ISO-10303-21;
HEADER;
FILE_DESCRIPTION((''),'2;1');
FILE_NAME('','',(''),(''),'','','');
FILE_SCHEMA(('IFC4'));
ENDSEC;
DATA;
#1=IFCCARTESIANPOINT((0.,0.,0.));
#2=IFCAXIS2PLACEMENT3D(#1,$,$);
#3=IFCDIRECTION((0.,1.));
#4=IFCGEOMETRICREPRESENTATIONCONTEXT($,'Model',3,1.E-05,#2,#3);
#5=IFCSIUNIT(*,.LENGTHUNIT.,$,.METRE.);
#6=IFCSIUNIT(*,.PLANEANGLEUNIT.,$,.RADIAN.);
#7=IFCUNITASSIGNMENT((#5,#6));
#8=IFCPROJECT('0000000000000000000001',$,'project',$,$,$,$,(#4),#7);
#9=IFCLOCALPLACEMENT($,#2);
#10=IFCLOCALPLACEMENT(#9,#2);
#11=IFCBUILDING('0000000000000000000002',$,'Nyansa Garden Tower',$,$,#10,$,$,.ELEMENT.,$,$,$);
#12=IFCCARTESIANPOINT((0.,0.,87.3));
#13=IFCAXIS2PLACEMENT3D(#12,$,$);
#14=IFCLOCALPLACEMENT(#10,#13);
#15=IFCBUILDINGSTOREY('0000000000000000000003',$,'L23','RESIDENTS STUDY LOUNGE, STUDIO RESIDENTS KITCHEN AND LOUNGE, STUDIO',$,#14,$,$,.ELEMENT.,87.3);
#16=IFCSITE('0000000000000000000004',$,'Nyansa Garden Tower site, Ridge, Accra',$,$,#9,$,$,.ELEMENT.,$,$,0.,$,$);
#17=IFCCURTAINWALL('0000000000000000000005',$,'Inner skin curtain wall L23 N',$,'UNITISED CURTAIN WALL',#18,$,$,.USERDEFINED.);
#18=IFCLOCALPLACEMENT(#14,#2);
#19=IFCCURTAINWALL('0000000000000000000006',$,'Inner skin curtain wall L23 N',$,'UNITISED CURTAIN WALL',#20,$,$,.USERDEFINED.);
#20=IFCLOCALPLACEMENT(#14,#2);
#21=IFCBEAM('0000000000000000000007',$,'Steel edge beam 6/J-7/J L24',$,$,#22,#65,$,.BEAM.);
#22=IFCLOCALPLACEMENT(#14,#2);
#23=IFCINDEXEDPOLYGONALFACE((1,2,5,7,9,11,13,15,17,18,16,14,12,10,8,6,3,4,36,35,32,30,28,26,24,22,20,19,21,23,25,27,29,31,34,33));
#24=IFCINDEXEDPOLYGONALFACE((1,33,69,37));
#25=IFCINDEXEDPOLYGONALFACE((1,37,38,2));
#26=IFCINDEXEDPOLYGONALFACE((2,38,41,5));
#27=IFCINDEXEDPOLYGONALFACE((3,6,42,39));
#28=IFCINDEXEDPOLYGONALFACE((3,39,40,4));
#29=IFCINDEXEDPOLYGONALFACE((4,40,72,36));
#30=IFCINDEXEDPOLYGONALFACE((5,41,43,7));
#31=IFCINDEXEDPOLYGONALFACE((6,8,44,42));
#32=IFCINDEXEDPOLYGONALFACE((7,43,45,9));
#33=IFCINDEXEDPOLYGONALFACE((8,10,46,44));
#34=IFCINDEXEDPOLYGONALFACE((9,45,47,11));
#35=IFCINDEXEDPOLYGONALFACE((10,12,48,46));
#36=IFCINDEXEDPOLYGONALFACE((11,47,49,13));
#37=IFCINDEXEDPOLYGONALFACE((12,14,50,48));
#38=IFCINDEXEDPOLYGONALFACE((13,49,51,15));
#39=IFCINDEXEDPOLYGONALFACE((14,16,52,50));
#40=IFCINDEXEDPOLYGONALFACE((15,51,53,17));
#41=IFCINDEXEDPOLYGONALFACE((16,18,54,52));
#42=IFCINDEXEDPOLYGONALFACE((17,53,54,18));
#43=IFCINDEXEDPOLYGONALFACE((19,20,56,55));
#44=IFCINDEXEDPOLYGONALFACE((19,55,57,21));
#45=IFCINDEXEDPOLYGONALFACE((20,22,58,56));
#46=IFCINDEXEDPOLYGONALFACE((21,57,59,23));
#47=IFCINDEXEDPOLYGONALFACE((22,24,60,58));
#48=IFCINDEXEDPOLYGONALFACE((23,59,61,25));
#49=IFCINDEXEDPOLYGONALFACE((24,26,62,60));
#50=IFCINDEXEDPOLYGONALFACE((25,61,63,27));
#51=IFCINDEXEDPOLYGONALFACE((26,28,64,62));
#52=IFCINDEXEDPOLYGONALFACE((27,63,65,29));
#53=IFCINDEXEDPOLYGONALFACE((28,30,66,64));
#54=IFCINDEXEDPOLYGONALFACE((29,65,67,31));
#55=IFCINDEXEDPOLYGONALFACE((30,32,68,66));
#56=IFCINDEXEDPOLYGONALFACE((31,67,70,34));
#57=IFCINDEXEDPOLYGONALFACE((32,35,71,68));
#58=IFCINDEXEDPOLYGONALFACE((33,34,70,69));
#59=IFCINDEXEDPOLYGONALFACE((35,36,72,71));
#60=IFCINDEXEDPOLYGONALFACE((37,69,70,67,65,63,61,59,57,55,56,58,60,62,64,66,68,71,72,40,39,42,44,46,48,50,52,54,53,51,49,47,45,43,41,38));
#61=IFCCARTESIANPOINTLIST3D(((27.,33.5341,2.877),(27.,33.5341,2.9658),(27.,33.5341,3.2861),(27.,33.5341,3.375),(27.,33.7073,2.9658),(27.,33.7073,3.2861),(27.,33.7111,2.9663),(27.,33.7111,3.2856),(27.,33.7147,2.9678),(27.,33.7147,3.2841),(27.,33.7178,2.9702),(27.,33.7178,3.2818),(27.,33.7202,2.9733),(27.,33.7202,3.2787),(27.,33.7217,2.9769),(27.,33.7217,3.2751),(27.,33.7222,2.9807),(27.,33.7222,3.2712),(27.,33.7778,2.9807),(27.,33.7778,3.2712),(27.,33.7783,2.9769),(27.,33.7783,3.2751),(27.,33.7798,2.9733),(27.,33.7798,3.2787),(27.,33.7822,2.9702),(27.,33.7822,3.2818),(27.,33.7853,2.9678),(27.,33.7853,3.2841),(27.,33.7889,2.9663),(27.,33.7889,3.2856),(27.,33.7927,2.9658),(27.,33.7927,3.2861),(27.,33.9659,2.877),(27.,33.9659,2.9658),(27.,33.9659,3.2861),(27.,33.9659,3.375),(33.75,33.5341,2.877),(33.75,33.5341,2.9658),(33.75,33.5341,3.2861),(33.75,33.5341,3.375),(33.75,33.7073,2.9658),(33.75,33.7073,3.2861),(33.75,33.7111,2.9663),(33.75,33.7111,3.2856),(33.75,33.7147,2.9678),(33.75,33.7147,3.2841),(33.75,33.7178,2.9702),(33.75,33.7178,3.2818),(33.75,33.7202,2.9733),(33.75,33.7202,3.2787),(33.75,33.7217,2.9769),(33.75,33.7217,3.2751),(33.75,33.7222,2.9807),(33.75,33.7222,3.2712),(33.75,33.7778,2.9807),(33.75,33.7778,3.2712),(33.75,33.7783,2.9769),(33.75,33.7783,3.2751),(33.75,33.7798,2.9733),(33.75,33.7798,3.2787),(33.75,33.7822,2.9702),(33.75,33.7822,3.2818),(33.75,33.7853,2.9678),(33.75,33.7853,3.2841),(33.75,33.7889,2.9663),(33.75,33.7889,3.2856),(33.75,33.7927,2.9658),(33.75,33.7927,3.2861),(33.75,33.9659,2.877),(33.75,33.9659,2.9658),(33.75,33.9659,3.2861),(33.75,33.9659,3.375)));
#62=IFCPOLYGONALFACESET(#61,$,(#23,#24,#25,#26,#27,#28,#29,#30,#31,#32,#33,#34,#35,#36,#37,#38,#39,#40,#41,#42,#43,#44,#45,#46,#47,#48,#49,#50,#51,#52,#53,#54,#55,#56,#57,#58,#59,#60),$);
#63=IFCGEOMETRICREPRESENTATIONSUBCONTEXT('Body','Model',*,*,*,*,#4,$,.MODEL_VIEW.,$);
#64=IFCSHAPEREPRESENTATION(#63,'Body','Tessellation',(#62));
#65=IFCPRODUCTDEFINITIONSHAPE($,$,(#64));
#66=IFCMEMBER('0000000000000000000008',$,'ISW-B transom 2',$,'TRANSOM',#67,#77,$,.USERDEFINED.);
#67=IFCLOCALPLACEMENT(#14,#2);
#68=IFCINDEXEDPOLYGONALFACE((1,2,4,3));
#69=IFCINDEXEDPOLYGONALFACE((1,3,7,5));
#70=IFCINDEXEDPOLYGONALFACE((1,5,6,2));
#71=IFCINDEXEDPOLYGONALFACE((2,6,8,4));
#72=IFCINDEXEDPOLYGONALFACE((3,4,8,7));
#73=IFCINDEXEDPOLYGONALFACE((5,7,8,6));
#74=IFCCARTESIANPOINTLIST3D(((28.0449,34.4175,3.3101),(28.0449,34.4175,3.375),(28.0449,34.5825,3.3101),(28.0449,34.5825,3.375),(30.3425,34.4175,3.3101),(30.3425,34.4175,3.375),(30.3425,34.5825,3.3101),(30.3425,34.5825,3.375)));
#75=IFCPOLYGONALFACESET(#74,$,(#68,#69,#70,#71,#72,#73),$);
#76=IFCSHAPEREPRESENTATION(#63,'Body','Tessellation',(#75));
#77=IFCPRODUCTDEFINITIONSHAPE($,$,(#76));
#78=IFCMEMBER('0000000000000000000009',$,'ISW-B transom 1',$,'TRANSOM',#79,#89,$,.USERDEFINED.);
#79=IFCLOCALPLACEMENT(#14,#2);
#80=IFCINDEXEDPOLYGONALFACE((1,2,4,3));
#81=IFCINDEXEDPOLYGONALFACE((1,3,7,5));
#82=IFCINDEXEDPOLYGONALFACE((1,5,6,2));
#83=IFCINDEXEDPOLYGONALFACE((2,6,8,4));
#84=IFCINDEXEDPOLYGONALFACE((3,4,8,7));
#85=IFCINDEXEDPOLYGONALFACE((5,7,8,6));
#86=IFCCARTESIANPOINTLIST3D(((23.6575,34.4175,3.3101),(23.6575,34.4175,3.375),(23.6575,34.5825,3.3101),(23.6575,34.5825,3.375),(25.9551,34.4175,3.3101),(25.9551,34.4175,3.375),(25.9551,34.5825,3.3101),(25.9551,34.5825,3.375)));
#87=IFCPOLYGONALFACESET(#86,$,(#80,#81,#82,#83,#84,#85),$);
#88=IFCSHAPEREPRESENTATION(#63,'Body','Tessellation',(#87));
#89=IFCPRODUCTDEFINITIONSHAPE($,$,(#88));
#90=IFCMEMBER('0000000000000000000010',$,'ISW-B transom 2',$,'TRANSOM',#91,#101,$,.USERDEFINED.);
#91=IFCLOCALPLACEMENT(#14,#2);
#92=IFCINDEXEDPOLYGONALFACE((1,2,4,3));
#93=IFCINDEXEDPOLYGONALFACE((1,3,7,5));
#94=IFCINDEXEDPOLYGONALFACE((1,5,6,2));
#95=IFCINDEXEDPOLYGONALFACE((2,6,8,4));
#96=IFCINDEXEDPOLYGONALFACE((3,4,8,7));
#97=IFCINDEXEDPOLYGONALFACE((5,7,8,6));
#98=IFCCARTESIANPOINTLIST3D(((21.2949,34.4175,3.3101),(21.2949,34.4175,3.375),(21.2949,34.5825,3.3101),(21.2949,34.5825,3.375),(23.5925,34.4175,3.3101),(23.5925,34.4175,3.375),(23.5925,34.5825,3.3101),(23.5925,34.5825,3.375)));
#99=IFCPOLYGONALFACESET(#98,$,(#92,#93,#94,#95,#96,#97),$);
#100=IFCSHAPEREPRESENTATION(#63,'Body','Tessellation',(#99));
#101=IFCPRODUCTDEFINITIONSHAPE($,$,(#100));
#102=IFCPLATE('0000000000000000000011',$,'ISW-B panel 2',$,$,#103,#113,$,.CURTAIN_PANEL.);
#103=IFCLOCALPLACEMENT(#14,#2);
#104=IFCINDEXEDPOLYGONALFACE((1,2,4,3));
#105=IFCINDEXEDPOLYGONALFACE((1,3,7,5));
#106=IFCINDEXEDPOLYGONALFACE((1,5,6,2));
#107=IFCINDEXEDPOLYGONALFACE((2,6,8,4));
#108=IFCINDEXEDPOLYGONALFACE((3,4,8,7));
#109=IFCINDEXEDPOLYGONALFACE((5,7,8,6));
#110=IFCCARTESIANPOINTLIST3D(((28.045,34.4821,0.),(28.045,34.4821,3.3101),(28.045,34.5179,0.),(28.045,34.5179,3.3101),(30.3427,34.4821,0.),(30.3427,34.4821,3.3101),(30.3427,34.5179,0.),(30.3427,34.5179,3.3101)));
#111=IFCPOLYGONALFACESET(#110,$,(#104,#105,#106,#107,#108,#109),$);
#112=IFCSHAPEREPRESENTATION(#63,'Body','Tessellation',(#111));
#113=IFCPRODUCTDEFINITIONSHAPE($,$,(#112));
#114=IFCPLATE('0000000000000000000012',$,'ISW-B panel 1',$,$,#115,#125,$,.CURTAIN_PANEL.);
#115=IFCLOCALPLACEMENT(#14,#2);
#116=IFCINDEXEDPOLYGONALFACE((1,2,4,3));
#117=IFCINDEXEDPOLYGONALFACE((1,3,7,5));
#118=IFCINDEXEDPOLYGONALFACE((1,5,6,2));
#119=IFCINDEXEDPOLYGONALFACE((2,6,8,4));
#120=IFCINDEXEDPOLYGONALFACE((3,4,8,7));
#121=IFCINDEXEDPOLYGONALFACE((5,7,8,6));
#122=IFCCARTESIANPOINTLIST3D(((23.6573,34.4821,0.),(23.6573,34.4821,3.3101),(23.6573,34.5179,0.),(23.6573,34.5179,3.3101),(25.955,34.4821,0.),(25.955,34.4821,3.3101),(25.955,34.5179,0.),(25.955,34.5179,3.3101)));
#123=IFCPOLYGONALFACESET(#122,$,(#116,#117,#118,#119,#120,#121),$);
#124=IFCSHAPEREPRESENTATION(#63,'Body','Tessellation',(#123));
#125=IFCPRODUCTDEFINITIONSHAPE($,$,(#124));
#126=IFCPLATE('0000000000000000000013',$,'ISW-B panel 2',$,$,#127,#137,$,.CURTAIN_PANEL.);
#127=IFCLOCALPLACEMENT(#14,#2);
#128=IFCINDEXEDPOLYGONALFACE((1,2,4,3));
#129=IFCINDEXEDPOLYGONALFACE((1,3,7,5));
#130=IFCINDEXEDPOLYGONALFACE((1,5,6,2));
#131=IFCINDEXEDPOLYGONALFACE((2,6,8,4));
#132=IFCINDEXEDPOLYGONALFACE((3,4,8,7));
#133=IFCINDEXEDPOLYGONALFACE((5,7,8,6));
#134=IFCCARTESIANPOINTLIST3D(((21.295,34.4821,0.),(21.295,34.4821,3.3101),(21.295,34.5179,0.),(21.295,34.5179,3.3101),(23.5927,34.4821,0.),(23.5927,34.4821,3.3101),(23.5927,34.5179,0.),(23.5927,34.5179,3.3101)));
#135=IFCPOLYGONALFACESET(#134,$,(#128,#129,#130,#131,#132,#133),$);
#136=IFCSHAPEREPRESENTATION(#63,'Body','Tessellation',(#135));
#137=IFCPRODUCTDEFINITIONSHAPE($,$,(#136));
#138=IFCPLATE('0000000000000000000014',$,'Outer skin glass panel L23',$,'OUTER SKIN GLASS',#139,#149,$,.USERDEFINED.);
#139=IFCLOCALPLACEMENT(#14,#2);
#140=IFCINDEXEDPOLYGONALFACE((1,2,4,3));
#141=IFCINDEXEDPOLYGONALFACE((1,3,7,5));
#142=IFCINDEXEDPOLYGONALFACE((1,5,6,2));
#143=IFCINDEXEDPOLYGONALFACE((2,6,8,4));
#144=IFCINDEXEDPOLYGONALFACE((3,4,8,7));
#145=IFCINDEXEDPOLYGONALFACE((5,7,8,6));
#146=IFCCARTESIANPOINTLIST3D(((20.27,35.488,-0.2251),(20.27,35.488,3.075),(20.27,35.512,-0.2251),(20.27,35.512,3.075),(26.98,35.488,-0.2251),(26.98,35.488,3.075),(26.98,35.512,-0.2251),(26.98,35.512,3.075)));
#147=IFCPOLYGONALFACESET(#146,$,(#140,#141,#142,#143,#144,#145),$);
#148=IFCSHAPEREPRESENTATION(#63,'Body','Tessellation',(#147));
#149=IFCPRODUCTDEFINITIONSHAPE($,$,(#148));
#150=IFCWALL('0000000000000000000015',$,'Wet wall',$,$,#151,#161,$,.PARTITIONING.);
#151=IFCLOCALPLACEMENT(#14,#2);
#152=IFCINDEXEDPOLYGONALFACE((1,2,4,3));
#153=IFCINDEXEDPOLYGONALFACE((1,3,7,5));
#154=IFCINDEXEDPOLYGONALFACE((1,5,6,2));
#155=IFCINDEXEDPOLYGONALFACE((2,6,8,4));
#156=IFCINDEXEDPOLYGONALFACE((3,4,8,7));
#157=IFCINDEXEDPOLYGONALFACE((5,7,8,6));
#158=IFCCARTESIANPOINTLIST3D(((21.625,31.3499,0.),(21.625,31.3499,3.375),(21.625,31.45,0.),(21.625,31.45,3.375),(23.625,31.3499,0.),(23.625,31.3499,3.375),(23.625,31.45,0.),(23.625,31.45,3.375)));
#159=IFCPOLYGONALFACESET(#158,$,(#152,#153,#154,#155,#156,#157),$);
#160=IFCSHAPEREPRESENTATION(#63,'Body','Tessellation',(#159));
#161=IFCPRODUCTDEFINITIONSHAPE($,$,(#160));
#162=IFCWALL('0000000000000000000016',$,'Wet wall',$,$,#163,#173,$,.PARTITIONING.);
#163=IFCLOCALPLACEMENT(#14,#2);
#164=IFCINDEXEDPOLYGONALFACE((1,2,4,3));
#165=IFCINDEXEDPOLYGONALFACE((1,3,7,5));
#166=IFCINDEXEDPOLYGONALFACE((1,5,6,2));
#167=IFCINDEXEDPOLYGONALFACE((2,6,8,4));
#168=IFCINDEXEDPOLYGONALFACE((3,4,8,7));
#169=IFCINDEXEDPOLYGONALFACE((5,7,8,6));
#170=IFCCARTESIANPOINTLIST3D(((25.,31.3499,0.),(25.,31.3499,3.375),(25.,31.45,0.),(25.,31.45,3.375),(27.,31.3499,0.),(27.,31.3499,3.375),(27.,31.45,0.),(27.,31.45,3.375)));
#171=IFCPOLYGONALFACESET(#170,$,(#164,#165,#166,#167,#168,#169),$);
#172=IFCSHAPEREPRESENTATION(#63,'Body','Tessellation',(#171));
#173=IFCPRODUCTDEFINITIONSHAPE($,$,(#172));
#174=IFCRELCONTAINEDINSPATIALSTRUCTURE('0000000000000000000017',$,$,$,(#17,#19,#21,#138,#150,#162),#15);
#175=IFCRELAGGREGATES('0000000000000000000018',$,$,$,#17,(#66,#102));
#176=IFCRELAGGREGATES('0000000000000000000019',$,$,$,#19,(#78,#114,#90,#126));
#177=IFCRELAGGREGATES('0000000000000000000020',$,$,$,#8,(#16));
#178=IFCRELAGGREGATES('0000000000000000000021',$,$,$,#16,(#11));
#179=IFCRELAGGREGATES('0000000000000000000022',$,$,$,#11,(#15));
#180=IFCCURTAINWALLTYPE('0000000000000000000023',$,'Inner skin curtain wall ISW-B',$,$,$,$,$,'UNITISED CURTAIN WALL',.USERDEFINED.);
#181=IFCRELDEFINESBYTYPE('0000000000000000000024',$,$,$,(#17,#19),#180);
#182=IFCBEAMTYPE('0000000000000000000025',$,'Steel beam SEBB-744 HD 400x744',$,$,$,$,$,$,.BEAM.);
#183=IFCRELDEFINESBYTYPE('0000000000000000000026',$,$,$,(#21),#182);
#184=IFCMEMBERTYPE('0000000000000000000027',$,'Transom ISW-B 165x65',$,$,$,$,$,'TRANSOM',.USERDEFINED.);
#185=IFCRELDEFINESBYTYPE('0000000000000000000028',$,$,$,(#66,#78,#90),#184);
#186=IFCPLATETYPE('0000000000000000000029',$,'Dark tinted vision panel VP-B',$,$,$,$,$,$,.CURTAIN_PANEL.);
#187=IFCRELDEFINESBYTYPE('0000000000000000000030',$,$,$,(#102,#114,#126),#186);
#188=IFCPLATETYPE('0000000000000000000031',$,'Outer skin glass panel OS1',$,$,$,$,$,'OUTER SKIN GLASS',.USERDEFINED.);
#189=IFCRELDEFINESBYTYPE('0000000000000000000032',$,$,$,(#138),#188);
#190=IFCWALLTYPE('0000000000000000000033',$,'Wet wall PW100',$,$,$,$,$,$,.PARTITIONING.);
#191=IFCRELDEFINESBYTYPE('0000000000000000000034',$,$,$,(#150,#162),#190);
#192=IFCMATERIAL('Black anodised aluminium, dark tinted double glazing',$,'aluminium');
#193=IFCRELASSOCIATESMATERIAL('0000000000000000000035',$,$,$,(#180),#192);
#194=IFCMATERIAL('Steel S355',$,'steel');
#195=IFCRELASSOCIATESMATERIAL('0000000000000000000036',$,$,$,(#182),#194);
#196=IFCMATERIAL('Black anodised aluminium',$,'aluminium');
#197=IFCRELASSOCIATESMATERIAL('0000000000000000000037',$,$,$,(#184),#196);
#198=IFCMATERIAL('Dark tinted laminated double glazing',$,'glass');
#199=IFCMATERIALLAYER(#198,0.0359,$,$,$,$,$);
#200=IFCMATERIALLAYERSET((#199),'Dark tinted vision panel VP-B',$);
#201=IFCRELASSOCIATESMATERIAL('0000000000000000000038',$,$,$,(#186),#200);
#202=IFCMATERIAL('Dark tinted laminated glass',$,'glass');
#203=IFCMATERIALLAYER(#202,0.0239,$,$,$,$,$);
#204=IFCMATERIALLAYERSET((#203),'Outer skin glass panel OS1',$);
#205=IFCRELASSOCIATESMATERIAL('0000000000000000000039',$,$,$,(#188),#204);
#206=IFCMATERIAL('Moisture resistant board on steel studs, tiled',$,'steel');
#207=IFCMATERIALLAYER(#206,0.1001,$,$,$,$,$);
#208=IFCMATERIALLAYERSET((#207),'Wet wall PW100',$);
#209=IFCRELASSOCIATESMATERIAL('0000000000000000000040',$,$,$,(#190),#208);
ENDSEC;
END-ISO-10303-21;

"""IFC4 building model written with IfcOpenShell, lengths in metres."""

from ifc_helpers import new_model, si_unit, direction, frame, frame_2d, origin, origin_2d, place, context, subcontext, project, spatial, rectangle, i_section, extrude, material, layer, layer_set, material_profile, profile_set, type_object, element, aggregate, save


model = new_model("IFC4")

# Units and contexts
model_context = context("Model", 3, precision=1e-05, world=origin(), true_north=direction((0.0, 1.0)))
body_context = subcontext(model_context, "Body", "Model", "MODEL_VIEW")
ifc_project = project(units=[si_unit("LENGTHUNIT", "METRE"), si_unit("PLANEANGLEUNIT", "RADIAN")], contexts=[model_context])

# Site, building, storey
site_placement = place(None, origin())
site = spatial("IfcSite", under=ifc_project, at=site_placement, Name="Nyansa Garden Tower site, Ridge, Accra", CompositionType="ELEMENT", RefElevation=0.0)
building_placement = place(site_placement, origin())
building = spatial("IfcBuilding", under=site, at=building_placement, Name="Nyansa Garden Tower", CompositionType="ELEMENT")
storey_placement = place(building_placement, frame((0.0, 0.0, 87.3)))
storey = spatial("IfcBuildingStorey", under=building, at=storey_placement, Name="L23", Description="RESIDENTS STUDY LOUNGE, STUDIO RESIDENTS KITCHEN AND LOUNGE, STUDIO", CompositionType="ELEMENT", Elevation=87.3)

# Curtain wall
ifc_material_1 = material(Name="Black anodised aluminium, dark tinted double glazing", Category="aluminium")
curtain_wall_type = type_object("IfcCurtainWallType", Name="Inner skin curtain wall ISW-B", ElementType="UNITISED CURTAIN WALL", PredefinedType="USERDEFINED", material=ifc_material_1)
curtain_wall_1_placement = place(storey_placement, origin())
curtain_wall_1 = element("IfcCurtainWall", 1, at=curtain_wall_1_placement, inside=storey, type_object=curtain_wall_type, Name="Inner skin curtain wall L23 N", ObjectType="UNITISED CURTAIN WALL", PredefinedType="USERDEFINED")

# Curtain wall
curtain_wall_2_placement = place(storey_placement, origin())
curtain_wall_2 = element("IfcCurtainWall", 2, at=curtain_wall_2_placement, inside=storey, type_object=curtain_wall_type, Name="Inner skin curtain wall L23 N", ObjectType="UNITISED CURTAIN WALL", PredefinedType="USERDEFINED")

# Beam
ifc_material_2 = material(Name="Steel S355", Category="steel")
ifc_material_profile_1 = material_profile(ifc_material_2, i_section(OverallWidth=0.4319, OverallDepth=0.498, WebThickness=0.0557, FlangeThickness=0.0889, FilletRadius=0.0149, at=origin_2d()), Name="HD 400x744")
ifc_profile_set_1 = profile_set([ifc_material_profile_1], Name="Steel S355")
beam_type_1 = type_object("IfcBeamType", Name="Steel beam SEBB-744 HD 400x744", PredefinedType="BEAM", material=ifc_profile_set_1)
beam_1_placement = place(storey_placement, frame((27.0, 33.75, 3.126), z_axis=(1.0, 0.0, 0.0), x_axis=(0.0, 1.0, 0.0)))
element("IfcBeam", 3, at=beam_1_placement, inside=storey, type_object=beam_type_1, Name="Steel edge beam 6/J-7/J L24", PredefinedType="BEAM", context=body_context, shape_type="SweptSolid", body=[
    extrude(i_section(OverallWidth=0.4319, OverallDepth=0.498, WebThickness=0.0557, FlangeThickness=0.0889, FilletRadius=0.0149, at=origin_2d()), origin(), (0.0, 0.0, 1.0), 6.75),
])

# Members
ifc_material_3 = material(Name="Black anodised aluminium", Category="aluminium")
ifc_material_profile_2 = material_profile(ifc_material_3, rectangle(XDim=0.165, YDim=0.0649, at=origin_2d()), Name="Transom 165x65")
ifc_profile_set_2 = profile_set([ifc_material_profile_2], Name="Black anodised aluminium")
member_type_1 = type_object("IfcMemberType", Name="Transom ISW-B 165x65", ElementType="TRANSOM", PredefinedType="USERDEFINED", material=ifc_profile_set_2)
member_1_placement = place(storey_placement, frame((30.3425, 34.5, 3.3425), z_axis=(-1.0, 0.0, 0.0), x_axis=(0.0, -1.0, 0.0)))
member_1 = element("IfcMember", 4, at=member_1_placement, type_object=member_type_1, Name="ISW-B transom 2", ObjectType="TRANSOM", PredefinedType="USERDEFINED", context=body_context, shape_type="SweptSolid", body=[
    extrude(rectangle(XDim=0.165, YDim=0.0649, at=origin_2d()), origin(), (0.0, 0.0, 1.0), 2.2976),
])
member_2_placement = place(storey_placement, frame((25.9551, 34.5, 3.3425), z_axis=(-1.0, 0.0, 0.0), x_axis=(0.0, -1.0, 0.0)))
member_2 = element("IfcMember", 5, at=member_2_placement, type_object=member_type_1, Name="ISW-B transom 1", ObjectType="TRANSOM", PredefinedType="USERDEFINED", context=body_context, shape_type="SweptSolid", body=[
    extrude(rectangle(XDim=0.165, YDim=0.0649, at=origin_2d()), origin(), (0.0, 0.0, 1.0), 2.2976),
])
member_3_placement = place(storey_placement, frame((23.5925, 34.5, 3.3425), z_axis=(-1.0, 0.0, 0.0), x_axis=(0.0, -1.0, 0.0)))
member_3 = element("IfcMember", 6, at=member_3_placement, type_object=member_type_1, Name="ISW-B transom 2", ObjectType="TRANSOM", PredefinedType="USERDEFINED", context=body_context, shape_type="SweptSolid", body=[
    extrude(rectangle(XDim=0.165, YDim=0.0649, at=origin_2d()), origin(), (0.0, 0.0, 1.0), 2.2976),
])

# Plates
ifc_material_4 = material(Name="Dark tinted laminated double glazing", Category="glass")
ifc_layer_1 = layer(ifc_material_4, 0.0359)
ifc_layer_set_1 = layer_set([ifc_layer_1], Name="Dark tinted vision panel VP-B")
plate_type_1 = type_object("IfcPlateType", Name="Dark tinted vision panel VP-B", PredefinedType="CURTAIN_PANEL", material=ifc_layer_set_1)
plate_1_placement = place(storey_placement, frame((29.1938, 34.5, 0.0), z_axis=(0.0, 0.0, 1.0), x_axis=(-1.0, 0.0, 0.0)))
plate_1 = element("IfcPlate", 7, at=plate_1_placement, type_object=plate_type_1, Name="ISW-B panel 2", PredefinedType="CURTAIN_PANEL", context=body_context, shape_type="SweptSolid", body=[
    extrude(rectangle(XDim=2.2976, YDim=0.0359, at=origin_2d()), origin(), (0.0, 0.0, 1.0), 3.3101),
])
aggregate(curtain_wall_1, [member_1, plate_1])
plate_2_placement = place(storey_placement, frame((24.8062, 34.5, 0.0), z_axis=(0.0, 0.0, 1.0), x_axis=(-1.0, 0.0, 0.0)))
plate_2 = element("IfcPlate", 8, at=plate_2_placement, type_object=plate_type_1, Name="ISW-B panel 1", PredefinedType="CURTAIN_PANEL", context=body_context, shape_type="SweptSolid", body=[
    extrude(rectangle(XDim=2.2976, YDim=0.0359, at=origin_2d()), origin(), (0.0, 0.0, 1.0), 3.3101),
])
plate_3_placement = place(storey_placement, frame((22.4438, 34.5, 0.0), z_axis=(0.0, 0.0, 1.0), x_axis=(-1.0, 0.0, 0.0)))
plate_3 = element("IfcPlate", 9, at=plate_3_placement, type_object=plate_type_1, Name="ISW-B panel 2", PredefinedType="CURTAIN_PANEL", context=body_context, shape_type="SweptSolid", body=[
    extrude(rectangle(XDim=2.2976, YDim=0.0359, at=origin_2d()), origin(), (0.0, 0.0, 1.0), 3.3101),
])
aggregate(curtain_wall_2, [member_2, plate_2, member_3, plate_3])
ifc_material_5 = material(Name="Dark tinted laminated glass", Category="glass")
ifc_layer_2 = layer(ifc_material_5, 0.0239)
ifc_layer_set_2 = layer_set([ifc_layer_2], Name="Outer skin glass panel OS1")
plate_type_2 = type_object("IfcPlateType", Name="Outer skin glass panel OS1", ElementType="OUTER SKIN GLASS", PredefinedType="USERDEFINED", material=ifc_layer_set_2)
plate_4_placement = place(storey_placement, frame((23.625, 35.5, -0.2251), z_axis=(0.0, 0.0, 1.0), x_axis=(1.0, 0.0, 0.0)))
element("IfcPlate", 10, at=plate_4_placement, inside=storey, type_object=plate_type_2, Name="Outer skin glass panel L23", ObjectType="OUTER SKIN GLASS", PredefinedType="USERDEFINED", context=body_context, shape_type="SweptSolid", body=[
    extrude(rectangle(XDim=6.71, YDim=0.0239, at=origin_2d()), origin(), (0.0, 0.0, 1.0), 3.3),
])

# Walls
ifc_material_6 = material(Name="Moisture resistant board on steel studs, tiled", Category="steel")
ifc_layer_3 = layer(ifc_material_6, 0.1001)
ifc_layer_set_3 = layer_set([ifc_layer_3], Name="Wet wall PW100")
wall_type = type_object("IfcWallType", Name="Wet wall PW100", PredefinedType="PARTITIONING", material=ifc_layer_set_3)
for number, where, z_axis, x_axis, name in (
    (11, (21.625, 31.3999, 0.0), (0.0, 0.0, 1.0), (1.0, 0.0, 0.0), "Wet wall"),
    (12, (25.0, 31.3999, 0.0), (0.0, 0.0, 1.0), (1.0, 0.0, 0.0), "Wet wall"),
):
    element("IfcWall", number, at=place(storey_placement, frame(where, z_axis=z_axis, x_axis=x_axis)), inside=storey, type_object=wall_type, Name=name, PredefinedType="PARTITIONING", context=body_context, shape_type="SweptSolid", body=[
        extrude(rectangle(XDim=2.0, YDim=0.1001, at=frame_2d((1.0, 0.0))), origin(), (0.0, 0.0, 1.0), 3.375),
    ])

save(model, "model.ifc")
